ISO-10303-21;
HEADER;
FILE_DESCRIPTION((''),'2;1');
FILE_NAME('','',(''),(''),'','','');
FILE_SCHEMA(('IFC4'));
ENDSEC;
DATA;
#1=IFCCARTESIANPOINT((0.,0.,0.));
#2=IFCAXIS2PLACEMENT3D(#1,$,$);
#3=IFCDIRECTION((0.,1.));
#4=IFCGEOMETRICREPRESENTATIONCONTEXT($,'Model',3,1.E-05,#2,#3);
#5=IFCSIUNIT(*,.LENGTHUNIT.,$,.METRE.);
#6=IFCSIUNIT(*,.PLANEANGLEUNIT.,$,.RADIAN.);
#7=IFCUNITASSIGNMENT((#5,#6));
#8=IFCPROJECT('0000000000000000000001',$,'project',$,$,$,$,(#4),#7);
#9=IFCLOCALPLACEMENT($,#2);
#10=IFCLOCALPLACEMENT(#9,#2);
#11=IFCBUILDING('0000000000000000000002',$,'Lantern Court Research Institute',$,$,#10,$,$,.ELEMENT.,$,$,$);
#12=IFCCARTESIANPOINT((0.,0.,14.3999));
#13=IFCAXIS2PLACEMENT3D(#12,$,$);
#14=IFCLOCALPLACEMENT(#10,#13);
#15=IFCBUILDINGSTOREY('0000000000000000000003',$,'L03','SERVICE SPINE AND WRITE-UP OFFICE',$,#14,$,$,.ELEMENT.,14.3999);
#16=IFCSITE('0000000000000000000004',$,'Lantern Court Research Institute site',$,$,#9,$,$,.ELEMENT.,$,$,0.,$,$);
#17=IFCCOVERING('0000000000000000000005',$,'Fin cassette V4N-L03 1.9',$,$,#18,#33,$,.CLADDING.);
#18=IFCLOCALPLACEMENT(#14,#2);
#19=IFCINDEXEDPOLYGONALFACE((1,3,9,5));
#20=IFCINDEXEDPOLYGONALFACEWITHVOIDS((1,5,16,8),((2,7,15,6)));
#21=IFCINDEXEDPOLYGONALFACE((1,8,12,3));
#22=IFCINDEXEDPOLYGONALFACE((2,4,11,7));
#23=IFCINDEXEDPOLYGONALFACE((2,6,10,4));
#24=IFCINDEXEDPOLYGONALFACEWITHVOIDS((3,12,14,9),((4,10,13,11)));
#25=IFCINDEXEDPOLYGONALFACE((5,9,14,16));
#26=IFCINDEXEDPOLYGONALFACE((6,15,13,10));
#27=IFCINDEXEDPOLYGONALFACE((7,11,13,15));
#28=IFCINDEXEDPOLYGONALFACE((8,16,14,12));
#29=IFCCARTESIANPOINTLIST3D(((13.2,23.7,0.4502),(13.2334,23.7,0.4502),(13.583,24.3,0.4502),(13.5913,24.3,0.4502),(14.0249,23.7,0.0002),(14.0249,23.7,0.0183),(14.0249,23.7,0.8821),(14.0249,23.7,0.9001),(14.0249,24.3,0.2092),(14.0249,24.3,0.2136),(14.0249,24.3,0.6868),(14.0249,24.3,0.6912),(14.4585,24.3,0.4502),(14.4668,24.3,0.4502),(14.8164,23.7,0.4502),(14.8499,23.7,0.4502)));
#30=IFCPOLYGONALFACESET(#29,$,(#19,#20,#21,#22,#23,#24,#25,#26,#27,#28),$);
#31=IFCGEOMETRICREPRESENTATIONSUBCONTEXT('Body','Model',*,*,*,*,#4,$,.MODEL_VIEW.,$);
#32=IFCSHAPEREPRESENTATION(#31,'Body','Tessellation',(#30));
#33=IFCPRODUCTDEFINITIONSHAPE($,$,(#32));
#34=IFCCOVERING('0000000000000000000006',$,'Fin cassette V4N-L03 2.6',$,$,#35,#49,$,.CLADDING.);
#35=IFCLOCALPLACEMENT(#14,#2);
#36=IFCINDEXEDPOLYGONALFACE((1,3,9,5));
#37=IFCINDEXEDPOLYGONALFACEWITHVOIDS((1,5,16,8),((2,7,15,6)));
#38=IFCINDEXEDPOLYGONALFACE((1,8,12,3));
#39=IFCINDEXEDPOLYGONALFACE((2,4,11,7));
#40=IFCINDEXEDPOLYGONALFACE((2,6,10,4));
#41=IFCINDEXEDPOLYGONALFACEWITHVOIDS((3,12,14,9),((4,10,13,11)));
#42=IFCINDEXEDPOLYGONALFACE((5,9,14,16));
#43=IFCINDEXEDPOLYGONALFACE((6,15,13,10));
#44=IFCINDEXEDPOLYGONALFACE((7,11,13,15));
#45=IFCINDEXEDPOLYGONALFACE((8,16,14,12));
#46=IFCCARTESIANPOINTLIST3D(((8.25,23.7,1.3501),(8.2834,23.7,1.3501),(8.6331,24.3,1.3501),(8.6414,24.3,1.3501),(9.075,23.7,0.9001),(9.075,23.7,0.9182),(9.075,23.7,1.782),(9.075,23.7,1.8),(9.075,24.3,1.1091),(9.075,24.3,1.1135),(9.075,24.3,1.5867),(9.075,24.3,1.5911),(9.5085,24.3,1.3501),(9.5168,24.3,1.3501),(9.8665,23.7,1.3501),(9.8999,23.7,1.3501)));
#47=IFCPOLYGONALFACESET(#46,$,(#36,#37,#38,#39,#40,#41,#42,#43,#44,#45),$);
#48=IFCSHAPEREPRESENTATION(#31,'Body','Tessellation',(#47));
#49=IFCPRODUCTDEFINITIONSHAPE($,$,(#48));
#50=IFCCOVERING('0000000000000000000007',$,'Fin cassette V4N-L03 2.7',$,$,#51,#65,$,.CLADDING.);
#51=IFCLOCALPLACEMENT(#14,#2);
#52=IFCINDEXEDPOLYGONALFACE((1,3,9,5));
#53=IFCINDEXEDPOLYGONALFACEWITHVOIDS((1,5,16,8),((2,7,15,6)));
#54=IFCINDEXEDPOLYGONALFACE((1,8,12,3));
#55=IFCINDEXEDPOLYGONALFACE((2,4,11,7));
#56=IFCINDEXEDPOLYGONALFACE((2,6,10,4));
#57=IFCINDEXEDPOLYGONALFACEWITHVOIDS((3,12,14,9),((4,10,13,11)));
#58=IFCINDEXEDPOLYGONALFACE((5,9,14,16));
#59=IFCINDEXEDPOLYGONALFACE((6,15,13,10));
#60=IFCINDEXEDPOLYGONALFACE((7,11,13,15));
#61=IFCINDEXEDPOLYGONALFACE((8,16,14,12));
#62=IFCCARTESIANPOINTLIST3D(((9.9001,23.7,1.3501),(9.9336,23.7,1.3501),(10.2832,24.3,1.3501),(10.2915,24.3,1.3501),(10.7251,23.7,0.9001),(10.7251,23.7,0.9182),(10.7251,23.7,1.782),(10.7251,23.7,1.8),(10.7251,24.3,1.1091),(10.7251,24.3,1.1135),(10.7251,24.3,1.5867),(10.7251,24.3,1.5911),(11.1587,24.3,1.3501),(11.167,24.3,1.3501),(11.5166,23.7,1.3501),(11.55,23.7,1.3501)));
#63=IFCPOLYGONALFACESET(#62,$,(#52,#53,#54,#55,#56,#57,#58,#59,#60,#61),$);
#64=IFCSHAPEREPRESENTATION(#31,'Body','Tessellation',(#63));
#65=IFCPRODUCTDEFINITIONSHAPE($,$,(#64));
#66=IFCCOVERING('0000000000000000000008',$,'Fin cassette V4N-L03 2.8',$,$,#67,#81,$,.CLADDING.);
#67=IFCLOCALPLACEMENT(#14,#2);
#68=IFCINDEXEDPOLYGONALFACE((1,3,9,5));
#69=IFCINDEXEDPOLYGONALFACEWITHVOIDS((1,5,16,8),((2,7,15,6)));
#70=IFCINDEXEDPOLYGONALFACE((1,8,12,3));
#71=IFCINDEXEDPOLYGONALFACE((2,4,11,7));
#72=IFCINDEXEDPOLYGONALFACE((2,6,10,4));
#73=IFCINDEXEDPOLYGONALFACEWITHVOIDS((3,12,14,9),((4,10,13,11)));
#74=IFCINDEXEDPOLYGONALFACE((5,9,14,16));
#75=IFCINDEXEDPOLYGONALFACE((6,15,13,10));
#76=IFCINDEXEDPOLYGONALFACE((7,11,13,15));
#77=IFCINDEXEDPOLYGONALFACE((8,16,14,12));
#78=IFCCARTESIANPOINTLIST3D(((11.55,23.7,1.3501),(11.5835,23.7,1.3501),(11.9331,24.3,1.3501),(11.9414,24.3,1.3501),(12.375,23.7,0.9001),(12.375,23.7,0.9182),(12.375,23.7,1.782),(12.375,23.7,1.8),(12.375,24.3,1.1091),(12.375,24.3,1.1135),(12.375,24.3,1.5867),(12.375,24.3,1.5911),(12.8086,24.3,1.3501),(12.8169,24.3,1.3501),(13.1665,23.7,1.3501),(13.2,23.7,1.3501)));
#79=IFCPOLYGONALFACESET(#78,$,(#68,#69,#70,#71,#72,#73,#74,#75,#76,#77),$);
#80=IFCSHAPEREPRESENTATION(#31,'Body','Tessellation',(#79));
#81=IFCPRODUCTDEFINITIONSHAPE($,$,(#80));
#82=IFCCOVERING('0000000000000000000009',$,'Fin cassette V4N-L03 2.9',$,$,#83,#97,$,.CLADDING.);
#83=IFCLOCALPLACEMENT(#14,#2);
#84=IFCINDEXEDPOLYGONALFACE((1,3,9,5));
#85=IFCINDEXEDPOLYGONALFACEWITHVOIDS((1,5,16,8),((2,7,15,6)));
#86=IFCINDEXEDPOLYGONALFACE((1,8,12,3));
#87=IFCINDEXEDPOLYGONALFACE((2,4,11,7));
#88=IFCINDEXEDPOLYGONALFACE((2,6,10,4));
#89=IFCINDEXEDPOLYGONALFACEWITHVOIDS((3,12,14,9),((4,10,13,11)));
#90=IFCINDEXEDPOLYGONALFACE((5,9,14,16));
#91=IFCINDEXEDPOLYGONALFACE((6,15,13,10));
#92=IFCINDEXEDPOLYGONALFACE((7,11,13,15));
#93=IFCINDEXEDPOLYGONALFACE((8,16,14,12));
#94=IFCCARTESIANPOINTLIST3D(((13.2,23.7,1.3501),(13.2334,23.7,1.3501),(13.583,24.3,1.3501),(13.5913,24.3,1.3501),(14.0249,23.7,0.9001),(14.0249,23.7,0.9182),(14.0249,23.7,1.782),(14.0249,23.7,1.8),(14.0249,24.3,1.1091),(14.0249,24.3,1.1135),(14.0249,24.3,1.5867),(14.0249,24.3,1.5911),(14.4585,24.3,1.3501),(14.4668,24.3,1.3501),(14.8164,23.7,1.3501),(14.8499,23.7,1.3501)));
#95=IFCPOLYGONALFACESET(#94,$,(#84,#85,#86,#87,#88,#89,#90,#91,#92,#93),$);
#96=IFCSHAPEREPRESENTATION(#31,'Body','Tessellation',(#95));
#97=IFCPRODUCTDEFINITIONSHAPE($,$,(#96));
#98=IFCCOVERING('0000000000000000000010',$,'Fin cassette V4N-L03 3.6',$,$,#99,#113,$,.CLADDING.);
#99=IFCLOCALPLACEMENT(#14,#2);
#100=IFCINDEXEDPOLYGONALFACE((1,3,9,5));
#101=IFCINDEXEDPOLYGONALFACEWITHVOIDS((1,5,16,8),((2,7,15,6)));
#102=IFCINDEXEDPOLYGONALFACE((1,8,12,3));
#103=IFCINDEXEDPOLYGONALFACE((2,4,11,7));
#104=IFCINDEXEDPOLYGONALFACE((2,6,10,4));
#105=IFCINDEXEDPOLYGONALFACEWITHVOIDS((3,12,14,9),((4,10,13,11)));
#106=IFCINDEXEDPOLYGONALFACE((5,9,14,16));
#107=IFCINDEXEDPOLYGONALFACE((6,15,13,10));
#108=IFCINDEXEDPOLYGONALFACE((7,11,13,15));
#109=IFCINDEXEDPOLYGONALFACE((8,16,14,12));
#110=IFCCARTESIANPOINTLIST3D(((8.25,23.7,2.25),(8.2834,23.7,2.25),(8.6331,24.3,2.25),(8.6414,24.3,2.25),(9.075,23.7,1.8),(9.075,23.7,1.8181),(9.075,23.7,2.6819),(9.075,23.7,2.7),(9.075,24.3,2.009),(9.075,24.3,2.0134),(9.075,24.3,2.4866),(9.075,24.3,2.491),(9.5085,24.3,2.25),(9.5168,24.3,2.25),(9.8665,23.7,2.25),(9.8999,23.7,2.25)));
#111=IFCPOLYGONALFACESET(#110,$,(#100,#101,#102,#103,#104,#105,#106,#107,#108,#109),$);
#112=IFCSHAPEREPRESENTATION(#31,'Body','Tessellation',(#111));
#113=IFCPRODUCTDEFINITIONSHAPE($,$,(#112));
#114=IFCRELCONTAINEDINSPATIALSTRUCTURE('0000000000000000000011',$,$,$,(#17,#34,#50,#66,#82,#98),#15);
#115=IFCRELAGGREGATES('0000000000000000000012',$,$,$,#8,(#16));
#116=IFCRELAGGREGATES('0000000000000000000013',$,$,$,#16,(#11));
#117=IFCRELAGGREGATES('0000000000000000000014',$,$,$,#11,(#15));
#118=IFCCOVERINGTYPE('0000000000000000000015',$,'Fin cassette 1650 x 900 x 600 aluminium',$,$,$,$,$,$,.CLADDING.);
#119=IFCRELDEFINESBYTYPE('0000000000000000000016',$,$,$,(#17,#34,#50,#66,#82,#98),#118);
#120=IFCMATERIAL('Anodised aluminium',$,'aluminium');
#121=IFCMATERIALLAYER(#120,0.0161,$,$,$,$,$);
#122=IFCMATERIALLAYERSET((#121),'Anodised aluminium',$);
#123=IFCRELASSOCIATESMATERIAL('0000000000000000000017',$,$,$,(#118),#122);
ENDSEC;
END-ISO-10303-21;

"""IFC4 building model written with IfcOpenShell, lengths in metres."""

from ifc_helpers import new_model, entity, si_unit, direction, frame, origin, place, context, subcontext, project, spatial, material, layer, layer_set, type_object, element, save


model = new_model("IFC4")

# Units and contexts
model_context = context("Model", 3, precision=1e-05, world=origin(), true_north=direction((0.0, 1.0)))
body_context = subcontext(model_context, "Body", "Model", "MODEL_VIEW")
ifc_project = project(units=[si_unit("LENGTHUNIT", "METRE"), si_unit("PLANEANGLEUNIT", "RADIAN")], contexts=[model_context])

# Site, building, storey
site_placement = place(None, origin())
site = spatial("IfcSite", under=ifc_project, at=site_placement, Name="Lantern Court Research Institute site", CompositionType="ELEMENT", RefElevation=0.0)
building_placement = place(site_placement, origin())
building = spatial("IfcBuilding", under=site, at=building_placement, Name="Lantern Court Research Institute", CompositionType="ELEMENT")
storey_placement = place(building_placement, frame((0.0, 0.0, 14.3999)))
storey = spatial("IfcBuildingStorey", under=building, at=storey_placement, Name="L03", Description="SERVICE SPINE AND WRITE-UP OFFICE", CompositionType="ELEMENT", Elevation=14.3999)

# Coverings
ifc_material_1 = material(Name="Anodised aluminium", Category="aluminium")
ifc_layer_1 = layer(ifc_material_1, 0.0161)
ifc_layer_set_1 = layer_set([ifc_layer_1], Name="Anodised aluminium")
covering_type = type_object("IfcCoveringType", Name="Fin cassette 1650 x 900 x 600 aluminium", PredefinedType="CLADDING", material=ifc_layer_set_1)
covering_1_placement = place(storey_placement, frame((14.0249, 23.7, 0.4502), z_axis=(0.0, 1.0, 0.0), x_axis=(-1.0, 0.0, 0.0)))
cartesian_point_1 = entity("IfcCartesianPoint", [0.825, 0.0])
cartesian_point_2 = entity("IfcCartesianPoint", [0.7915, 0.0])
cartesian_point_3 = entity("IfcCartesianPoint", [0.4419, 0.0])
cartesian_point_4 = entity("IfcCartesianPoint", [0.4336, 0.0])
element("IfcCovering", 1, at=covering_1_placement, inside=storey, type_object=covering_type, Name="Fin cassette V4N-L03 1.9", PredefinedType="CLADDING", context=body_context, shape_type="SweptSolid", body=[
    entity("IfcExtrudedAreaSolidTapered", entity("IfcArbitraryProfileDefWithVoids", "AREA", None, entity("IfcPolyline", [cartesian_point_1, entity("IfcCartesianPoint", [0.0, 0.45]), entity("IfcCartesianPoint", [-0.825, 0.0]), entity("IfcCartesianPoint", [0.0, -0.45]), cartesian_point_1]), [entity("IfcPolyline", [cartesian_point_2, entity("IfcCartesianPoint", [0.0, 0.4319]), entity("IfcCartesianPoint", [-0.7915, 0.0]), entity("IfcCartesianPoint", [0.0, -0.4319]), cartesian_point_2])]), entity("IfcAxis2Placement3D", entity("IfcCartesianPoint", [0.0, 0.0, 0.0])), entity("IfcDirection", [0.0, 0.0, 1.0]), 0.6001, entity("IfcArbitraryProfileDefWithVoids", "AREA", None, entity("IfcPolyline", [cartesian_point_3, entity("IfcCartesianPoint", [0.0, 0.241]), entity("IfcCartesianPoint", [-0.4419, 0.0]), entity("IfcCartesianPoint", [0.0, -0.241]), cartesian_point_3]), [entity("IfcPolyline", [cartesian_point_4, entity("IfcCartesianPoint", [0.0, 0.2366]), entity("IfcCartesianPoint", [-0.4336, 0.0]), entity("IfcCartesianPoint", [0.0, -0.2366]), cartesian_point_4])])),
])
covering_2_placement = place(storey_placement, frame((9.075, 23.7, 1.3501), z_axis=(0.0, 1.0, 0.0), x_axis=(-1.0, 0.0, 0.0)))
cartesian_point_5 = entity("IfcCartesianPoint", [0.825, 0.0])
cartesian_point_6 = entity("IfcCartesianPoint", [0.7915, 0.0])
cartesian_point_7 = entity("IfcCartesianPoint", [0.4419, 0.0])
cartesian_point_8 = entity("IfcCartesianPoint", [0.4336, 0.0])
element("IfcCovering", 2, at=covering_2_placement, inside=storey, type_object=covering_type, Name="Fin cassette V4N-L03 2.6", PredefinedType="CLADDING", context=body_context, shape_type="SweptSolid", body=[
    entity("IfcExtrudedAreaSolidTapered", entity("IfcArbitraryProfileDefWithVoids", "AREA", None, entity("IfcPolyline", [cartesian_point_5, entity("IfcCartesianPoint", [0.0, 0.45]), entity("IfcCartesianPoint", [-0.825, 0.0]), entity("IfcCartesianPoint", [0.0, -0.45]), cartesian_point_5]), [entity("IfcPolyline", [cartesian_point_6, entity("IfcCartesianPoint", [0.0, 0.4319]), entity("IfcCartesianPoint", [-0.7915, 0.0]), entity("IfcCartesianPoint", [0.0, -0.4319]), cartesian_point_6])]), entity("IfcAxis2Placement3D", entity("IfcCartesianPoint", [0.0, 0.0, 0.0])), entity("IfcDirection", [0.0, 0.0, 1.0]), 0.6001, entity("IfcArbitraryProfileDefWithVoids", "AREA", None, entity("IfcPolyline", [cartesian_point_7, entity("IfcCartesianPoint", [0.0, 0.241]), entity("IfcCartesianPoint", [-0.4419, 0.0]), entity("IfcCartesianPoint", [0.0, -0.241]), cartesian_point_7]), [entity("IfcPolyline", [cartesian_point_8, entity("IfcCartesianPoint", [0.0, 0.2366]), entity("IfcCartesianPoint", [-0.4336, 0.0]), entity("IfcCartesianPoint", [0.0, -0.2366]), cartesian_point_8])])),
])
covering_3_placement = place(storey_placement, frame((10.7251, 23.7, 1.3501), z_axis=(0.0, 1.0, 0.0), x_axis=(-1.0, 0.0, 0.0)))
cartesian_point_9 = entity("IfcCartesianPoint", [0.825, 0.0])
cartesian_point_10 = entity("IfcCartesianPoint", [0.7915, 0.0])
cartesian_point_11 = entity("IfcCartesianPoint", [0.4419, 0.0])
cartesian_point_12 = entity("IfcCartesianPoint", [0.4336, 0.0])
element("IfcCovering", 3, at=covering_3_placement, inside=storey, type_object=covering_type, Name="Fin cassette V4N-L03 2.7", PredefinedType="CLADDING", context=body_context, shape_type="SweptSolid", body=[
    entity("IfcExtrudedAreaSolidTapered", entity("IfcArbitraryProfileDefWithVoids", "AREA", None, entity("IfcPolyline", [cartesian_point_9, entity("IfcCartesianPoint", [0.0, 0.45]), entity("IfcCartesianPoint", [-0.825, 0.0]), entity("IfcCartesianPoint", [0.0, -0.45]), cartesian_point_9]), [entity("IfcPolyline", [cartesian_point_10, entity("IfcCartesianPoint", [0.0, 0.4319]), entity("IfcCartesianPoint", [-0.7915, 0.0]), entity("IfcCartesianPoint", [0.0, -0.4319]), cartesian_point_10])]), entity("IfcAxis2Placement3D", entity("IfcCartesianPoint", [0.0, 0.0, 0.0])), entity("IfcDirection", [0.0, 0.0, 1.0]), 0.6001, entity("IfcArbitraryProfileDefWithVoids", "AREA", None, entity("IfcPolyline", [cartesian_point_11, entity("IfcCartesianPoint", [0.0, 0.241]), entity("IfcCartesianPoint", [-0.4419, 0.0]), entity("IfcCartesianPoint", [0.0, -0.241]), cartesian_point_11]), [entity("IfcPolyline", [cartesian_point_12, entity("IfcCartesianPoint", [0.0, 0.2366]), entity("IfcCartesianPoint", [-0.4336, 0.0]), entity("IfcCartesianPoint", [0.0, -0.2366]), cartesian_point_12])])),
])
covering_4_placement = place(storey_placement, frame((12.375, 23.7, 1.3501), z_axis=(0.0, 1.0, 0.0), x_axis=(-1.0, 0.0, 0.0)))
cartesian_point_13 = entity("IfcCartesianPoint", [0.825, 0.0])
cartesian_point_14 = entity("IfcCartesianPoint", [0.7915, 0.0])
cartesian_point_15 = entity("IfcCartesianPoint", [0.4419, 0.0])
cartesian_point_16 = entity("IfcCartesianPoint", [0.4336, 0.0])
element("IfcCovering", 4, at=covering_4_placement, inside=storey, type_object=covering_type, Name="Fin cassette V4N-L03 2.8", PredefinedType="CLADDING", context=body_context, shape_type="SweptSolid", body=[
    entity("IfcExtrudedAreaSolidTapered", entity("IfcArbitraryProfileDefWithVoids", "AREA", None, entity("IfcPolyline", [cartesian_point_13, entity("IfcCartesianPoint", [0.0, 0.45]), entity("IfcCartesianPoint", [-0.825, 0.0]), entity("IfcCartesianPoint", [0.0, -0.45]), cartesian_point_13]), [entity("IfcPolyline", [cartesian_point_14, entity("IfcCartesianPoint", [0.0, 0.4319]), entity("IfcCartesianPoint", [-0.7915, 0.0]), entity("IfcCartesianPoint", [0.0, -0.4319]), cartesian_point_14])]), entity("IfcAxis2Placement3D", entity("IfcCartesianPoint", [0.0, 0.0, 0.0])), entity("IfcDirection", [0.0, 0.0, 1.0]), 0.6001, entity("IfcArbitraryProfileDefWithVoids", "AREA", None, entity("IfcPolyline", [cartesian_point_15, entity("IfcCartesianPoint", [0.0, 0.241]), entity("IfcCartesianPoint", [-0.4419, 0.0]), entity("IfcCartesianPoint", [0.0, -0.241]), cartesian_point_15]), [entity("IfcPolyline", [cartesian_point_16, entity("IfcCartesianPoint", [0.0, 0.2366]), entity("IfcCartesianPoint", [-0.4336, 0.0]), entity("IfcCartesianPoint", [0.0, -0.2366]), cartesian_point_16])])),
])
covering_5_placement = place(storey_placement, frame((14.0249, 23.7, 1.3501), z_axis=(0.0, 1.0, 0.0), x_axis=(-1.0, 0.0, 0.0)))
cartesian_point_17 = entity("IfcCartesianPoint", [0.825, 0.0])
cartesian_point_18 = entity("IfcCartesianPoint", [0.7915, 0.0])
cartesian_point_19 = entity("IfcCartesianPoint", [0.4419, 0.0])
cartesian_point_20 = entity("IfcCartesianPoint", [0.4336, 0.0])
element("IfcCovering", 5, at=covering_5_placement, inside=storey, type_object=covering_type, Name="Fin cassette V4N-L03 2.9", PredefinedType="CLADDING", context=body_context, shape_type="SweptSolid", body=[
    entity("IfcExtrudedAreaSolidTapered", entity("IfcArbitraryProfileDefWithVoids", "AREA", None, entity("IfcPolyline", [cartesian_point_17, entity("IfcCartesianPoint", [0.0, 0.45]), entity("IfcCartesianPoint", [-0.825, 0.0]), entity("IfcCartesianPoint", [0.0, -0.45]), cartesian_point_17]), [entity("IfcPolyline", [cartesian_point_18, entity("IfcCartesianPoint", [0.0, 0.4319]), entity("IfcCartesianPoint", [-0.7915, 0.0]), entity("IfcCartesianPoint", [0.0, -0.4319]), cartesian_point_18])]), entity("IfcAxis2Placement3D", entity("IfcCartesianPoint", [0.0, 0.0, 0.0])), entity("IfcDirection", [0.0, 0.0, 1.0]), 0.6001, entity("IfcArbitraryProfileDefWithVoids", "AREA", None, entity("IfcPolyline", [cartesian_point_19, entity("IfcCartesianPoint", [0.0, 0.241]), entity("IfcCartesianPoint", [-0.4419, 0.0]), entity("IfcCartesianPoint", [0.0, -0.241]), cartesian_point_19]), [entity("IfcPolyline", [cartesian_point_20, entity("IfcCartesianPoint", [0.0, 0.2366]), entity("IfcCartesianPoint", [-0.4336, 0.0]), entity("IfcCartesianPoint", [0.0, -0.2366]), cartesian_point_20])])),
])
covering_6_placement = place(storey_placement, frame((9.075, 23.7, 2.25), z_axis=(0.0, 1.0, 0.0), x_axis=(-1.0, 0.0, 0.0)))
cartesian_point_21 = entity("IfcCartesianPoint", [0.825, 0.0])
cartesian_point_22 = entity("IfcCartesianPoint", [0.7915, 0.0])
cartesian_point_23 = entity("IfcCartesianPoint", [0.4419, 0.0])
cartesian_point_24 = entity("IfcCartesianPoint", [0.4336, 0.0])
element("IfcCovering", 6, at=covering_6_placement, inside=storey, type_object=covering_type, Name="Fin cassette V4N-L03 3.6", PredefinedType="CLADDING", context=body_context, shape_type="SweptSolid", body=[
    entity("IfcExtrudedAreaSolidTapered", entity("IfcArbitraryProfileDefWithVoids", "AREA", None, entity("IfcPolyline", [cartesian_point_21, entity("IfcCartesianPoint", [0.0, 0.45]), entity("IfcCartesianPoint", [-0.825, 0.0]), entity("IfcCartesianPoint", [0.0, -0.45]), cartesian_point_21]), [entity("IfcPolyline", [cartesian_point_22, entity("IfcCartesianPoint", [0.0, 0.4319]), entity("IfcCartesianPoint", [-0.7915, 0.0]), entity("IfcCartesianPoint", [0.0, -0.4319]), cartesian_point_22])]), entity("IfcAxis2Placement3D", entity("IfcCartesianPoint", [0.0, 0.0, 0.0])), entity("IfcDirection", [0.0, 0.0, 1.0]), 0.6001, entity("IfcArbitraryProfileDefWithVoids", "AREA", None, entity("IfcPolyline", [cartesian_point_23, entity("IfcCartesianPoint", [0.0, 0.241]), entity("IfcCartesianPoint", [-0.4419, 0.0]), entity("IfcCartesianPoint", [0.0, -0.241]), cartesian_point_23]), [entity("IfcPolyline", [cartesian_point_24, entity("IfcCartesianPoint", [0.0, 0.2366]), entity("IfcCartesianPoint", [-0.4336, 0.0]), entity("IfcCartesianPoint", [0.0, -0.2366]), cartesian_point_24])])),
])

save(model, "model.ifc")
